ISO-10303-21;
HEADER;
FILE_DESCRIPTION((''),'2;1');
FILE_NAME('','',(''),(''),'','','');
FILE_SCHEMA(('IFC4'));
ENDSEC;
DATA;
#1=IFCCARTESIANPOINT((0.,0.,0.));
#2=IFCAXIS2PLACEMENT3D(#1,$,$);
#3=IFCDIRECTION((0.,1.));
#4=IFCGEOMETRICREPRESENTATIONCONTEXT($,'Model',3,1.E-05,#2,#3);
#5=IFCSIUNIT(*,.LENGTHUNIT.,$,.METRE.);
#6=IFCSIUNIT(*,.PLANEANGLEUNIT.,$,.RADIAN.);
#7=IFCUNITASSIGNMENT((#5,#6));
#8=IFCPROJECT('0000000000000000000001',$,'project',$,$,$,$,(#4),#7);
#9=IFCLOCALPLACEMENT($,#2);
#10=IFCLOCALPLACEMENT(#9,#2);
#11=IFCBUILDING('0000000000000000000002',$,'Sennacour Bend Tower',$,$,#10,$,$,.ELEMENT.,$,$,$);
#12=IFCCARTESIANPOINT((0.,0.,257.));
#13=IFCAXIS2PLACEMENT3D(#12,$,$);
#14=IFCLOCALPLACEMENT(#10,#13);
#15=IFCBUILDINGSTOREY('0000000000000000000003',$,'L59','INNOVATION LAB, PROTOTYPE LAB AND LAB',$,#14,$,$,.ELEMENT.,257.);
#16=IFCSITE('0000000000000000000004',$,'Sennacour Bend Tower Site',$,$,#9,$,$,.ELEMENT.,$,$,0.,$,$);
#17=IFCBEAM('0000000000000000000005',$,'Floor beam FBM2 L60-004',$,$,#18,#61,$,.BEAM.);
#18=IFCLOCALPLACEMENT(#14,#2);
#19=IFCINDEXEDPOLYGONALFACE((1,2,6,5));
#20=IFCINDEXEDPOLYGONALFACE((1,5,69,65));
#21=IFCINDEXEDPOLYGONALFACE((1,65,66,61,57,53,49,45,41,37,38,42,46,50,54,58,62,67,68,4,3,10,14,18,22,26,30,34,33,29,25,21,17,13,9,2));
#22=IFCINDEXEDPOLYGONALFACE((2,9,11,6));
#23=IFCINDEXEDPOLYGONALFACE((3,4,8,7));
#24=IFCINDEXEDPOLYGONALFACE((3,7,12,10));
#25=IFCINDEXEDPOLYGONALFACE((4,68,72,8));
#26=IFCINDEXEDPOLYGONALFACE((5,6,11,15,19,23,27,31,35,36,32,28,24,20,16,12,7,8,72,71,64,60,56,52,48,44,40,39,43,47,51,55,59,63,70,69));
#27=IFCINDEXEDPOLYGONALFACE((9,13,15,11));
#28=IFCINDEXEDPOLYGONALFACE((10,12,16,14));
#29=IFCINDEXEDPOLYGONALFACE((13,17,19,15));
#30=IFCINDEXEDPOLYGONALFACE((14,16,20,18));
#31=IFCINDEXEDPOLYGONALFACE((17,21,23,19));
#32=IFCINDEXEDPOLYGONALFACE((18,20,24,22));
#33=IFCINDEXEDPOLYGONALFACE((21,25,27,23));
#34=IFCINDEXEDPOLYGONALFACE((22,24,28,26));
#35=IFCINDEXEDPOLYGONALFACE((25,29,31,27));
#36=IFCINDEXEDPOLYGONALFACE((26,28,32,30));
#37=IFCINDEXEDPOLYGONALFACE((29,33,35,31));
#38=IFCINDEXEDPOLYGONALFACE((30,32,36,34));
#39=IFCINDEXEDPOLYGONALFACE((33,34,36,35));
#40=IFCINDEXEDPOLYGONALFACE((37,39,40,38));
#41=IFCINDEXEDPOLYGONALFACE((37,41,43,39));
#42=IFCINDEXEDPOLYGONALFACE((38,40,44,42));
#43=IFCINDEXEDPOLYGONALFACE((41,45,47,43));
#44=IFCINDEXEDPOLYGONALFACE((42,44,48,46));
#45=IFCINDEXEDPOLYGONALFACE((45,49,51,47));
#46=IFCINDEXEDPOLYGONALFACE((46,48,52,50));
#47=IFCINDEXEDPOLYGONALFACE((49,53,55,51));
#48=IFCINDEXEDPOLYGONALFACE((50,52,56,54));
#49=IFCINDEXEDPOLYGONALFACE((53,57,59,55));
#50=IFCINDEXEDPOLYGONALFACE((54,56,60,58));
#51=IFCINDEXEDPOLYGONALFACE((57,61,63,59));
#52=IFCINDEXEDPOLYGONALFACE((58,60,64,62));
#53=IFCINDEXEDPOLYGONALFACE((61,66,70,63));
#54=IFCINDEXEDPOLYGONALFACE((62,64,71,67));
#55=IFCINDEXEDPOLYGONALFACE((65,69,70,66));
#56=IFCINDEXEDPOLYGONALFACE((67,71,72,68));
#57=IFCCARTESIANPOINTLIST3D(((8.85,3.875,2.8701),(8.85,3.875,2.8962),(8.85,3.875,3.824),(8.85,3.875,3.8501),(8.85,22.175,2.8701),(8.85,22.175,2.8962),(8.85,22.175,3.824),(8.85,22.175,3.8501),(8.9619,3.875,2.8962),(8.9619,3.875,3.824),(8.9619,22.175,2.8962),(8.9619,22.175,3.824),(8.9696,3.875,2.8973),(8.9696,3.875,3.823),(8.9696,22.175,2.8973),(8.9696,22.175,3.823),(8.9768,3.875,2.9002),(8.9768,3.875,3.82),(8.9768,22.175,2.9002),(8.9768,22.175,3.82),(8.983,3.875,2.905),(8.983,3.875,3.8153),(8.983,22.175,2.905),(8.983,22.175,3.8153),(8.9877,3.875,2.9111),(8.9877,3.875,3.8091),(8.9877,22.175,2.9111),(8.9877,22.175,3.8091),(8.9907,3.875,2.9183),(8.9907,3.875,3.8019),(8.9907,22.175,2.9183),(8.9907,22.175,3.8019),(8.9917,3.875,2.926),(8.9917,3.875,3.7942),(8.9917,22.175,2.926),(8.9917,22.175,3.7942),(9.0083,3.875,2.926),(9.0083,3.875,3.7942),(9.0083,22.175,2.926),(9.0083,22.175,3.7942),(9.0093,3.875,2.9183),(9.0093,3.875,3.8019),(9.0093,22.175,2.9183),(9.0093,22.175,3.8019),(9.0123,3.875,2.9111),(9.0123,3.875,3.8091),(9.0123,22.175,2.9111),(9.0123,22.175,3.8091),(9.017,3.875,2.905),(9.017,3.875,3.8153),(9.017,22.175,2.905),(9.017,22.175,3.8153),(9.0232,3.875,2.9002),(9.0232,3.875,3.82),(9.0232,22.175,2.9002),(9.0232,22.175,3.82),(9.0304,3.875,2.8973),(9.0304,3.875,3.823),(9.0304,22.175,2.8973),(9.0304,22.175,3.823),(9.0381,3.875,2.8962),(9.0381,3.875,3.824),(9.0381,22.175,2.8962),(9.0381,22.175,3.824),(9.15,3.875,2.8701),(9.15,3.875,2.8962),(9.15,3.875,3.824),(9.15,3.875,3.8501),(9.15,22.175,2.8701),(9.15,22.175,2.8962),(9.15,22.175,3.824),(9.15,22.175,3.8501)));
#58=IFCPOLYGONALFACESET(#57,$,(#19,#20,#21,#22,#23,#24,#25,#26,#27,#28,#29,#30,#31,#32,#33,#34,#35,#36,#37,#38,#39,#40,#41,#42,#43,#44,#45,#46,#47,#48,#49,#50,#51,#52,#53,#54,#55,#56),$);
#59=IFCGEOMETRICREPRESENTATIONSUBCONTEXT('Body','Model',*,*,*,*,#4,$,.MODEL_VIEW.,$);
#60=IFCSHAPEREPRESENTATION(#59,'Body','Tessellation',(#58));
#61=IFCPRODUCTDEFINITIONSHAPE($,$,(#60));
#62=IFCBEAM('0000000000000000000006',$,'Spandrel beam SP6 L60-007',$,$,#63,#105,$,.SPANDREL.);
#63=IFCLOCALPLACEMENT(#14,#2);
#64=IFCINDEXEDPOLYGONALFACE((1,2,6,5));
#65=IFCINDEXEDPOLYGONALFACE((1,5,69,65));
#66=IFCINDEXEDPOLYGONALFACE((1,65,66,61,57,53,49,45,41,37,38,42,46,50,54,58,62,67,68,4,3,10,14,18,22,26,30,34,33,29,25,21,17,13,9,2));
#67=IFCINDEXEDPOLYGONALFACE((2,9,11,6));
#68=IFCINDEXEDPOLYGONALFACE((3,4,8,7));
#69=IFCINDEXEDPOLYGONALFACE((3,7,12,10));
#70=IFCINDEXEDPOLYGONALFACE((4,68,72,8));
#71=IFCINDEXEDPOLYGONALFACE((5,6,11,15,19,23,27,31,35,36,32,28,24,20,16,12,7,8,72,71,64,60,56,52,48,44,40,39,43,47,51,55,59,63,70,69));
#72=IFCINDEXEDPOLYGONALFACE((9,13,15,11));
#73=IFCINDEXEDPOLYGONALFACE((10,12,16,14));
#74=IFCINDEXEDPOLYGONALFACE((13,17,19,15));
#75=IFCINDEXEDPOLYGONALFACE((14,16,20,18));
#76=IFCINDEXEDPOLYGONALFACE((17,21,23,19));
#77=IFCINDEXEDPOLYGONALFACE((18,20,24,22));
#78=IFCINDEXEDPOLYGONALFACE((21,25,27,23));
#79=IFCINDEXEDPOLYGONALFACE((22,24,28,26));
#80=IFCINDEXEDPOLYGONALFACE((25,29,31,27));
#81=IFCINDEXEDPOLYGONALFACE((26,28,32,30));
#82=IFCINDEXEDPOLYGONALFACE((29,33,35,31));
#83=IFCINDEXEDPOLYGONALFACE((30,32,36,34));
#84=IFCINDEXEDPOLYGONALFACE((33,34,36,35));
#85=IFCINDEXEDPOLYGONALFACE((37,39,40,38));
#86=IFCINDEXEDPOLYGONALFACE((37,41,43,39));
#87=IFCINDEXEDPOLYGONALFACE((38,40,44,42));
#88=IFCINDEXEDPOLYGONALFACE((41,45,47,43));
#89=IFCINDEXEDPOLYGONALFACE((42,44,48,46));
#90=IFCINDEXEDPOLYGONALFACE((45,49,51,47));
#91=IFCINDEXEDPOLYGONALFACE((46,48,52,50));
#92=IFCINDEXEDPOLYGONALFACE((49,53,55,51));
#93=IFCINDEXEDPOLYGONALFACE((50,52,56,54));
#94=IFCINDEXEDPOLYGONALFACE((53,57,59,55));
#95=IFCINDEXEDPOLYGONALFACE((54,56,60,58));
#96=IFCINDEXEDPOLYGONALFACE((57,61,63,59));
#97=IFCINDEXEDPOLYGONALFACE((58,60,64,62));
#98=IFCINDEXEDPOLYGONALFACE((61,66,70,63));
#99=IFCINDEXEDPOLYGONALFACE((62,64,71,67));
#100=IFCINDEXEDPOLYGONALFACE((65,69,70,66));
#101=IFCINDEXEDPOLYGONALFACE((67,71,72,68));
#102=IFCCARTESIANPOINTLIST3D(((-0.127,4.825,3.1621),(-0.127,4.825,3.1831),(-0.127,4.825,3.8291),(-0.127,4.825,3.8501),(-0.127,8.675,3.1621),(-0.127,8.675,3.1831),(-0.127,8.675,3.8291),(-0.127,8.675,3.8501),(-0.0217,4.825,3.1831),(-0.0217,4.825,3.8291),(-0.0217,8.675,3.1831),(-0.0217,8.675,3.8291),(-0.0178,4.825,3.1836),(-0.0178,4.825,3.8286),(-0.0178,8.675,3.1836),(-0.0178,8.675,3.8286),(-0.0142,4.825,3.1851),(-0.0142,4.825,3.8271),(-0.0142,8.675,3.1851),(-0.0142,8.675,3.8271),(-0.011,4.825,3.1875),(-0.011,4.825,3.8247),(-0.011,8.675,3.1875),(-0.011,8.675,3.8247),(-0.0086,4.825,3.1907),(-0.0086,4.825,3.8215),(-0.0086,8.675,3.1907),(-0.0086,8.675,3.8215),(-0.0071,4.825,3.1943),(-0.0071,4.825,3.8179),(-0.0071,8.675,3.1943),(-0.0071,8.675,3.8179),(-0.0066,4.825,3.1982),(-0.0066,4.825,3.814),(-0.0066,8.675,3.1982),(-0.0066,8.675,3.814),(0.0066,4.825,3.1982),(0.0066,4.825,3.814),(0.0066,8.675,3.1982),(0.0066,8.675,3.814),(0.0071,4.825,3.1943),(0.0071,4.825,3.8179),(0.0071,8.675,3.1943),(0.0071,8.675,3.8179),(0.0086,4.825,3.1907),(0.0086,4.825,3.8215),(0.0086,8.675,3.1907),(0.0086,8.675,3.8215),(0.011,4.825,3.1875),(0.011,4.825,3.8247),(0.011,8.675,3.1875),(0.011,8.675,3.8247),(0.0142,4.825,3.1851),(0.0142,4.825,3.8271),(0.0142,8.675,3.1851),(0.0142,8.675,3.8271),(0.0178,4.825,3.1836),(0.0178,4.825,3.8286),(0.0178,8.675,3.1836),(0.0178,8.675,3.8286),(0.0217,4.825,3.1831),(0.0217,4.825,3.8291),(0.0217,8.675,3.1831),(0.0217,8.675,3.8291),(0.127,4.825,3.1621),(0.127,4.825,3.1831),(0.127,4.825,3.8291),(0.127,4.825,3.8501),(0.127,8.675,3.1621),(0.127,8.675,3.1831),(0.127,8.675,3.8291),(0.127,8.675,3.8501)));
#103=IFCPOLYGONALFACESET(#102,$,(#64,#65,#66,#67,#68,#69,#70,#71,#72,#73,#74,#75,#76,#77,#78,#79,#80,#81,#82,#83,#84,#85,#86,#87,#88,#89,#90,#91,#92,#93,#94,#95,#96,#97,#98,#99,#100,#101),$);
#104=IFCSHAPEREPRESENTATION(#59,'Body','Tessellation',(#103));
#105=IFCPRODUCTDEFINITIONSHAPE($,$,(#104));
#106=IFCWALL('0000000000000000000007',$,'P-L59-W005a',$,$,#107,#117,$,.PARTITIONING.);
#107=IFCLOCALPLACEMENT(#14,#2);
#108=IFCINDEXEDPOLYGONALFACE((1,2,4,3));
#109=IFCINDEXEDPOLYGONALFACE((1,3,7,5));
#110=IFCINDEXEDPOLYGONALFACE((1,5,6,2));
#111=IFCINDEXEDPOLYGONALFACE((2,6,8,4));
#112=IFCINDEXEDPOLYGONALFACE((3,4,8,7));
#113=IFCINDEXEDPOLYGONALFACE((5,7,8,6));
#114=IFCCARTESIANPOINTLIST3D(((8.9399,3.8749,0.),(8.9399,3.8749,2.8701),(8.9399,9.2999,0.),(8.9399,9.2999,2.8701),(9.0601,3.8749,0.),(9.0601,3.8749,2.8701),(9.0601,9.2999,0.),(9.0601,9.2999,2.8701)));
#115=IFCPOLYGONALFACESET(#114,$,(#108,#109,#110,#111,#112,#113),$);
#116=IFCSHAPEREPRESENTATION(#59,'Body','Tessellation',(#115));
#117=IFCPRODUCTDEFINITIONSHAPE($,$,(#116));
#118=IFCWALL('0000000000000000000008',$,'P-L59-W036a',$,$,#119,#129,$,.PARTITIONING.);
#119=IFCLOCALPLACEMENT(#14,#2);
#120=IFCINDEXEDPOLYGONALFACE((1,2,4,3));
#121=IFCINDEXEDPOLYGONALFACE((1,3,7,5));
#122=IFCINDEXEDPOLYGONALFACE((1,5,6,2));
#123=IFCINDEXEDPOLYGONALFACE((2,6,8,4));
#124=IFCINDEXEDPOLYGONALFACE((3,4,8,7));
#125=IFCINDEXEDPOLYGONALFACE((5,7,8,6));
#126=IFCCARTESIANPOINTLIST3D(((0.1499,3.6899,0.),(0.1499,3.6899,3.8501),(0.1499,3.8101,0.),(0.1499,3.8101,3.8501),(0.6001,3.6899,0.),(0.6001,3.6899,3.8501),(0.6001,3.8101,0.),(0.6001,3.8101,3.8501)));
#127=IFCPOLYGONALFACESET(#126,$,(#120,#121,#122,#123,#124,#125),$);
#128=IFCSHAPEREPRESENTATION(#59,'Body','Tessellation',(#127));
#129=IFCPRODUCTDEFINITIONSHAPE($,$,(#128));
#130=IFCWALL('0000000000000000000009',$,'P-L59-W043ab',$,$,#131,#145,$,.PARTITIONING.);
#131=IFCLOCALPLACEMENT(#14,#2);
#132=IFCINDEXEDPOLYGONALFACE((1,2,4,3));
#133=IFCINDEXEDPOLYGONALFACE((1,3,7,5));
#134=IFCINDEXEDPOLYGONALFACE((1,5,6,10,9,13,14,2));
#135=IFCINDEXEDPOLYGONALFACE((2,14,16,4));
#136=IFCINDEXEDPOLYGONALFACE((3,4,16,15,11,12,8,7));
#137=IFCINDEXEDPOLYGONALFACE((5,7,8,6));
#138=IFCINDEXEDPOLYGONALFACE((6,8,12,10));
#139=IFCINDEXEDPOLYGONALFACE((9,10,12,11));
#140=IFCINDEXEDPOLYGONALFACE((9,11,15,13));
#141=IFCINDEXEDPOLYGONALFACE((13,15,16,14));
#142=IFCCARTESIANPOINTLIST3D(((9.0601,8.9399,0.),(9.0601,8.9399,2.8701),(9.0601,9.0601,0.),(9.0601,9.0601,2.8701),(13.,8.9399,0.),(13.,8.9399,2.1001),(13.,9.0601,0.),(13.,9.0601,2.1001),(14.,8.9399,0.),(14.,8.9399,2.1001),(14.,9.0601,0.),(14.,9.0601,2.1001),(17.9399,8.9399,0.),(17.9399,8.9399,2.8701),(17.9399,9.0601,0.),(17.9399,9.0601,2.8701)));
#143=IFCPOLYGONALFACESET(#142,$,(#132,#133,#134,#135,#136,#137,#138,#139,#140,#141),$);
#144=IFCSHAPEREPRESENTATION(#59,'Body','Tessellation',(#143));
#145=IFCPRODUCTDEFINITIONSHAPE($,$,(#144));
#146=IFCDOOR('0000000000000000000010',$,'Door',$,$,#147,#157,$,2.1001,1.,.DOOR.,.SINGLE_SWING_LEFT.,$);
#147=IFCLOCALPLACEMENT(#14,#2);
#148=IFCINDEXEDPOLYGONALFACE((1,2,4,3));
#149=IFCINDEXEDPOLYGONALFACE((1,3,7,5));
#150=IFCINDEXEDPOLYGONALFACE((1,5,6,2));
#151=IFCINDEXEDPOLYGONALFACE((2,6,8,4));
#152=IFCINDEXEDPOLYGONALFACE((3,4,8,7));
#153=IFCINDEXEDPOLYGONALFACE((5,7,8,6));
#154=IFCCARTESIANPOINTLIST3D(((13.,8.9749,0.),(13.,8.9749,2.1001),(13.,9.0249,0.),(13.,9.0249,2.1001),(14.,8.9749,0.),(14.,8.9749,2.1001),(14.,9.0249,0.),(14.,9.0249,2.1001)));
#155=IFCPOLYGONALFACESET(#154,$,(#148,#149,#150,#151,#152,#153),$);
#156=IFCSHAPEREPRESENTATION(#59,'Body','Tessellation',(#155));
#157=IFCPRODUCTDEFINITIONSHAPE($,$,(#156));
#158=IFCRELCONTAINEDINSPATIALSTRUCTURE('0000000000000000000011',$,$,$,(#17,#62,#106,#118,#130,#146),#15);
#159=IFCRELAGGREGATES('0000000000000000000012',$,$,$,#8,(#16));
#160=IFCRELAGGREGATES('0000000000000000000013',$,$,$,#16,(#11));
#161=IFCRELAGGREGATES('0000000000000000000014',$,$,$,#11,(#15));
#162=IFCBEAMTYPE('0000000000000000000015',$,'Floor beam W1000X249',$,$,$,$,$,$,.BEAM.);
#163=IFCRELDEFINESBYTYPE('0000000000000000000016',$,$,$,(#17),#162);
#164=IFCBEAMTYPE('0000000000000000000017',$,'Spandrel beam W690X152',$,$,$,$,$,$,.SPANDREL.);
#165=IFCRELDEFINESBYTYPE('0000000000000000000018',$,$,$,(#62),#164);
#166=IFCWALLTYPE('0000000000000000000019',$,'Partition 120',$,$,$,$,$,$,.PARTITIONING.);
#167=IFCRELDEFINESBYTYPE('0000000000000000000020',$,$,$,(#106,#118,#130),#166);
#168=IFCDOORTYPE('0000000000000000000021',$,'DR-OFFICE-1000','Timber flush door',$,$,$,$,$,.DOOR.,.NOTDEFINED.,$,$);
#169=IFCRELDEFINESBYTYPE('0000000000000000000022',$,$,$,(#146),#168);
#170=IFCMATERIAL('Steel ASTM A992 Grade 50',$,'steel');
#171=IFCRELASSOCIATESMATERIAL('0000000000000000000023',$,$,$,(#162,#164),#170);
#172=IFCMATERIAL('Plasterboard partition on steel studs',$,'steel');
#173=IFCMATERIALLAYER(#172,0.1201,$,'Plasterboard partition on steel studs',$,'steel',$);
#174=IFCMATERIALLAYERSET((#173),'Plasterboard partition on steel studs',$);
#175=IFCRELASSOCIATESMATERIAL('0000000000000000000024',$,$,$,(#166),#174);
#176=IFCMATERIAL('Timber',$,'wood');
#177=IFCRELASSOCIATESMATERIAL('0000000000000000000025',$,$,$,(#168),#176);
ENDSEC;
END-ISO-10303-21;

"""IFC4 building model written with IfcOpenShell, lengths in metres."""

from ifc_helpers import new_model, si_unit, direction, frame, frame_2d, origin, origin_2d, place, context, subcontext, project, spatial, rectangle, i_section, extrude, material, layer, layer_set, material_profile, profile_set, type_object, element, fill, save


model = new_model("IFC4")

# Units and contexts
model_context = context("Model", 3, precision=1e-05, world=origin(), true_north=direction((0.0, 1.0)))
body_context = subcontext(model_context, "Body", "Model", "MODEL_VIEW")
ifc_project = project(units=[si_unit("LENGTHUNIT", "METRE"), si_unit("PLANEANGLEUNIT", "RADIAN")], contexts=[model_context])

# Site, building, storey
site_placement = place(None, origin())
site = spatial("IfcSite", under=ifc_project, at=site_placement, Name="Sennacour Bend Tower Site", CompositionType="ELEMENT", RefElevation=0.0)
building_placement = place(site_placement, origin())
building = spatial("IfcBuilding", under=site, at=building_placement, Name="Sennacour Bend Tower", CompositionType="ELEMENT")
storey_placement = place(building_placement, frame((0.0, 0.0, 257.0)))
storey = spatial("IfcBuildingStorey", under=building, at=storey_placement, Name="L59", Description="INNOVATION LAB, PROTOTYPE LAB AND LAB", CompositionType="ELEMENT", Elevation=257.0)

# Beams
ifc_material_1 = material(Name="Steel ASTM A992 Grade 50", Category="steel")
ifc_material_profile_1 = material_profile(ifc_material_1, i_section(OverallWidth=0.3, OverallDepth=0.98, WebThickness=0.0166, FlangeThickness=0.0261, FilletRadius=0.0298, at=origin_2d()), Name="Steel ASTM A992 Grade 50", Category="steel")
ifc_profile_set_1 = profile_set([ifc_material_profile_1], Name="Steel ASTM A992 Grade 50")
beam_type_1 = type_object("IfcBeamType", Name="Floor beam W1000X249", PredefinedType="BEAM", material=ifc_profile_set_1)
beam_1_placement = place(storey_placement, frame((9.0, 3.875, 3.3601), z_axis=(0.0, 1.0, 0.0), x_axis=(-1.0, 0.0, 0.0)))
element("IfcBeam", 1, at=beam_1_placement, inside=storey, type_object=beam_type_1, Name="Floor beam FBM2 L60-004", PredefinedType="BEAM", context=body_context, shape_type="SweptSolid", body=[
    extrude(i_section(OverallWidth=0.3, OverallDepth=0.98, WebThickness=0.0166, FlangeThickness=0.0261, FilletRadius=0.0298, at=origin_2d()), origin(), (0.0, 0.0, 1.0), 18.3),
])
ifc_material_profile_2 = material_profile(ifc_material_1, i_section(OverallWidth=0.2539, OverallDepth=0.688, WebThickness=0.0132, FlangeThickness=0.021, FilletRadius=0.0151, at=origin_2d()), Name="Steel ASTM A992 Grade 50", Category="steel")
ifc_profile_set_2 = profile_set([ifc_material_profile_2], Name="Steel ASTM A992 Grade 50")
beam_type_2 = type_object("IfcBeamType", Name="Spandrel beam W690X152", PredefinedType="SPANDREL", material=ifc_profile_set_2)
beam_2_placement = place(storey_placement, frame((0.0, 4.825, 3.5061), z_axis=(0.0, 1.0, 0.0), x_axis=(-1.0, 0.0, 0.0)))
element("IfcBeam", 2, at=beam_2_placement, inside=storey, type_object=beam_type_2, Name="Spandrel beam SP6 L60-007", PredefinedType="SPANDREL", context=body_context, shape_type="SweptSolid", body=[
    extrude(i_section(OverallWidth=0.2539, OverallDepth=0.688, WebThickness=0.0132, FlangeThickness=0.021, FilletRadius=0.0151, at=origin_2d()), origin(), (0.0, 0.0, 1.0), 3.8501),
])

# Walls
ifc_material_2 = material(Name="Plasterboard partition on steel studs", Category="steel")
ifc_layer_1 = layer(ifc_material_2, 0.1201, Name="Plasterboard partition on steel studs", Category="steel")
ifc_layer_set_1 = layer_set([ifc_layer_1], Name="Plasterboard partition on steel studs")
wall_type_1 = type_object("IfcWallType", Name="Partition 120", PredefinedType="PARTITIONING", material=ifc_layer_set_1)
wall_1_placement = place(storey_placement, frame((9.0, 3.875, 0.0), z_axis=(0.0, 0.0, 1.0), x_axis=(0.0, 1.0, 0.0)))
element("IfcWall", 3, at=wall_1_placement, inside=storey, type_object=wall_type_1, Name="P-L59-W005a", PredefinedType="PARTITIONING", context=body_context, shape_type="SweptSolid", body=[
    extrude(rectangle(XDim=5.425, YDim=0.1201, at=frame_2d((2.7124, 0.0))), origin(), (0.0, 0.0, 1.0), 2.8701),
])
wall_2_placement = place(storey_placement, frame((0.1499, 3.75, 0.0), z_axis=(0.0, 0.0, 1.0), x_axis=(1.0, 0.0, 0.0)))
element("IfcWall", 4, at=wall_2_placement, inside=storey, type_object=wall_type_1, Name="P-L59-W036a", PredefinedType="PARTITIONING", context=body_context, shape_type="SweptSolid", body=[
    extrude(rectangle(XDim=0.4502, YDim=0.1201, at=frame_2d((0.2251, 0.0))), origin(), (0.0, 0.0, 1.0), 3.8501),
])

# Wall, opening, door
wall_3_placement = place(storey_placement, frame((9.0601, 9.0, 0.0), z_axis=(0.0, 0.0, 1.0), x_axis=(1.0, 0.0, 0.0)))
wall_3 = element("IfcWall", 5, at=wall_3_placement, inside=storey, type_object=wall_type_1, Name="P-L59-W043ab", PredefinedType="PARTITIONING", context=body_context, shape_type="SweptSolid", body=[
    extrude(rectangle(XDim=8.8799, YDim=0.1201, at=frame_2d((4.4399, 0.0))), origin(), (0.0, 0.0, 1.0), 2.8701),
])
opening_1_placement = place(wall_3_placement, frame((3.9399, 0.0, 0.0)))
opening_1 = element("IfcOpeningElement", 6, at=opening_1_placement, cuts=wall_3, PredefinedType="OPENING", context=body_context, shape_type="SweptSolid", body=[
    extrude(rectangle(XDim=1.0, YDim=2.1001, at=frame_2d((0.5, 1.05))), frame((0.0, 0.0701, 0.0), z_axis=(0.0, -1.0, 0.0), x_axis=(1.0, 0.0, 0.0)), (0.0, 0.0, 1.0), 0.1401),
])
ifc_material_3 = material(Name="Timber", Category="wood")
door_type_1 = type_object("IfcDoorType", Name="DR-OFFICE-1000", Description="Timber flush door", OperationType="NOTDEFINED", PredefinedType="DOOR", material=ifc_material_3)
door_1_placement = place(opening_1_placement, origin())
door_1 = element("IfcDoor", 7, at=door_1_placement, inside=storey, type_object=door_type_1, Name="Door", OperationType="SINGLE_SWING_LEFT", OverallHeight=2.1001, OverallWidth=1.0, PredefinedType="DOOR", context=body_context, shape_type="SweptSolid", body=[
    extrude(rectangle(XDim=1.0, YDim=2.1001, at=frame_2d((0.5, 1.05))), frame((0.0, 0.0249, 0.0), z_axis=(0.0, -1.0, 0.0), x_axis=(1.0, 0.0, 0.0)), (0.0, 0.0, 1.0), 0.05),
])
fill(opening_1, door_1)

save(model, "model.ifc")
